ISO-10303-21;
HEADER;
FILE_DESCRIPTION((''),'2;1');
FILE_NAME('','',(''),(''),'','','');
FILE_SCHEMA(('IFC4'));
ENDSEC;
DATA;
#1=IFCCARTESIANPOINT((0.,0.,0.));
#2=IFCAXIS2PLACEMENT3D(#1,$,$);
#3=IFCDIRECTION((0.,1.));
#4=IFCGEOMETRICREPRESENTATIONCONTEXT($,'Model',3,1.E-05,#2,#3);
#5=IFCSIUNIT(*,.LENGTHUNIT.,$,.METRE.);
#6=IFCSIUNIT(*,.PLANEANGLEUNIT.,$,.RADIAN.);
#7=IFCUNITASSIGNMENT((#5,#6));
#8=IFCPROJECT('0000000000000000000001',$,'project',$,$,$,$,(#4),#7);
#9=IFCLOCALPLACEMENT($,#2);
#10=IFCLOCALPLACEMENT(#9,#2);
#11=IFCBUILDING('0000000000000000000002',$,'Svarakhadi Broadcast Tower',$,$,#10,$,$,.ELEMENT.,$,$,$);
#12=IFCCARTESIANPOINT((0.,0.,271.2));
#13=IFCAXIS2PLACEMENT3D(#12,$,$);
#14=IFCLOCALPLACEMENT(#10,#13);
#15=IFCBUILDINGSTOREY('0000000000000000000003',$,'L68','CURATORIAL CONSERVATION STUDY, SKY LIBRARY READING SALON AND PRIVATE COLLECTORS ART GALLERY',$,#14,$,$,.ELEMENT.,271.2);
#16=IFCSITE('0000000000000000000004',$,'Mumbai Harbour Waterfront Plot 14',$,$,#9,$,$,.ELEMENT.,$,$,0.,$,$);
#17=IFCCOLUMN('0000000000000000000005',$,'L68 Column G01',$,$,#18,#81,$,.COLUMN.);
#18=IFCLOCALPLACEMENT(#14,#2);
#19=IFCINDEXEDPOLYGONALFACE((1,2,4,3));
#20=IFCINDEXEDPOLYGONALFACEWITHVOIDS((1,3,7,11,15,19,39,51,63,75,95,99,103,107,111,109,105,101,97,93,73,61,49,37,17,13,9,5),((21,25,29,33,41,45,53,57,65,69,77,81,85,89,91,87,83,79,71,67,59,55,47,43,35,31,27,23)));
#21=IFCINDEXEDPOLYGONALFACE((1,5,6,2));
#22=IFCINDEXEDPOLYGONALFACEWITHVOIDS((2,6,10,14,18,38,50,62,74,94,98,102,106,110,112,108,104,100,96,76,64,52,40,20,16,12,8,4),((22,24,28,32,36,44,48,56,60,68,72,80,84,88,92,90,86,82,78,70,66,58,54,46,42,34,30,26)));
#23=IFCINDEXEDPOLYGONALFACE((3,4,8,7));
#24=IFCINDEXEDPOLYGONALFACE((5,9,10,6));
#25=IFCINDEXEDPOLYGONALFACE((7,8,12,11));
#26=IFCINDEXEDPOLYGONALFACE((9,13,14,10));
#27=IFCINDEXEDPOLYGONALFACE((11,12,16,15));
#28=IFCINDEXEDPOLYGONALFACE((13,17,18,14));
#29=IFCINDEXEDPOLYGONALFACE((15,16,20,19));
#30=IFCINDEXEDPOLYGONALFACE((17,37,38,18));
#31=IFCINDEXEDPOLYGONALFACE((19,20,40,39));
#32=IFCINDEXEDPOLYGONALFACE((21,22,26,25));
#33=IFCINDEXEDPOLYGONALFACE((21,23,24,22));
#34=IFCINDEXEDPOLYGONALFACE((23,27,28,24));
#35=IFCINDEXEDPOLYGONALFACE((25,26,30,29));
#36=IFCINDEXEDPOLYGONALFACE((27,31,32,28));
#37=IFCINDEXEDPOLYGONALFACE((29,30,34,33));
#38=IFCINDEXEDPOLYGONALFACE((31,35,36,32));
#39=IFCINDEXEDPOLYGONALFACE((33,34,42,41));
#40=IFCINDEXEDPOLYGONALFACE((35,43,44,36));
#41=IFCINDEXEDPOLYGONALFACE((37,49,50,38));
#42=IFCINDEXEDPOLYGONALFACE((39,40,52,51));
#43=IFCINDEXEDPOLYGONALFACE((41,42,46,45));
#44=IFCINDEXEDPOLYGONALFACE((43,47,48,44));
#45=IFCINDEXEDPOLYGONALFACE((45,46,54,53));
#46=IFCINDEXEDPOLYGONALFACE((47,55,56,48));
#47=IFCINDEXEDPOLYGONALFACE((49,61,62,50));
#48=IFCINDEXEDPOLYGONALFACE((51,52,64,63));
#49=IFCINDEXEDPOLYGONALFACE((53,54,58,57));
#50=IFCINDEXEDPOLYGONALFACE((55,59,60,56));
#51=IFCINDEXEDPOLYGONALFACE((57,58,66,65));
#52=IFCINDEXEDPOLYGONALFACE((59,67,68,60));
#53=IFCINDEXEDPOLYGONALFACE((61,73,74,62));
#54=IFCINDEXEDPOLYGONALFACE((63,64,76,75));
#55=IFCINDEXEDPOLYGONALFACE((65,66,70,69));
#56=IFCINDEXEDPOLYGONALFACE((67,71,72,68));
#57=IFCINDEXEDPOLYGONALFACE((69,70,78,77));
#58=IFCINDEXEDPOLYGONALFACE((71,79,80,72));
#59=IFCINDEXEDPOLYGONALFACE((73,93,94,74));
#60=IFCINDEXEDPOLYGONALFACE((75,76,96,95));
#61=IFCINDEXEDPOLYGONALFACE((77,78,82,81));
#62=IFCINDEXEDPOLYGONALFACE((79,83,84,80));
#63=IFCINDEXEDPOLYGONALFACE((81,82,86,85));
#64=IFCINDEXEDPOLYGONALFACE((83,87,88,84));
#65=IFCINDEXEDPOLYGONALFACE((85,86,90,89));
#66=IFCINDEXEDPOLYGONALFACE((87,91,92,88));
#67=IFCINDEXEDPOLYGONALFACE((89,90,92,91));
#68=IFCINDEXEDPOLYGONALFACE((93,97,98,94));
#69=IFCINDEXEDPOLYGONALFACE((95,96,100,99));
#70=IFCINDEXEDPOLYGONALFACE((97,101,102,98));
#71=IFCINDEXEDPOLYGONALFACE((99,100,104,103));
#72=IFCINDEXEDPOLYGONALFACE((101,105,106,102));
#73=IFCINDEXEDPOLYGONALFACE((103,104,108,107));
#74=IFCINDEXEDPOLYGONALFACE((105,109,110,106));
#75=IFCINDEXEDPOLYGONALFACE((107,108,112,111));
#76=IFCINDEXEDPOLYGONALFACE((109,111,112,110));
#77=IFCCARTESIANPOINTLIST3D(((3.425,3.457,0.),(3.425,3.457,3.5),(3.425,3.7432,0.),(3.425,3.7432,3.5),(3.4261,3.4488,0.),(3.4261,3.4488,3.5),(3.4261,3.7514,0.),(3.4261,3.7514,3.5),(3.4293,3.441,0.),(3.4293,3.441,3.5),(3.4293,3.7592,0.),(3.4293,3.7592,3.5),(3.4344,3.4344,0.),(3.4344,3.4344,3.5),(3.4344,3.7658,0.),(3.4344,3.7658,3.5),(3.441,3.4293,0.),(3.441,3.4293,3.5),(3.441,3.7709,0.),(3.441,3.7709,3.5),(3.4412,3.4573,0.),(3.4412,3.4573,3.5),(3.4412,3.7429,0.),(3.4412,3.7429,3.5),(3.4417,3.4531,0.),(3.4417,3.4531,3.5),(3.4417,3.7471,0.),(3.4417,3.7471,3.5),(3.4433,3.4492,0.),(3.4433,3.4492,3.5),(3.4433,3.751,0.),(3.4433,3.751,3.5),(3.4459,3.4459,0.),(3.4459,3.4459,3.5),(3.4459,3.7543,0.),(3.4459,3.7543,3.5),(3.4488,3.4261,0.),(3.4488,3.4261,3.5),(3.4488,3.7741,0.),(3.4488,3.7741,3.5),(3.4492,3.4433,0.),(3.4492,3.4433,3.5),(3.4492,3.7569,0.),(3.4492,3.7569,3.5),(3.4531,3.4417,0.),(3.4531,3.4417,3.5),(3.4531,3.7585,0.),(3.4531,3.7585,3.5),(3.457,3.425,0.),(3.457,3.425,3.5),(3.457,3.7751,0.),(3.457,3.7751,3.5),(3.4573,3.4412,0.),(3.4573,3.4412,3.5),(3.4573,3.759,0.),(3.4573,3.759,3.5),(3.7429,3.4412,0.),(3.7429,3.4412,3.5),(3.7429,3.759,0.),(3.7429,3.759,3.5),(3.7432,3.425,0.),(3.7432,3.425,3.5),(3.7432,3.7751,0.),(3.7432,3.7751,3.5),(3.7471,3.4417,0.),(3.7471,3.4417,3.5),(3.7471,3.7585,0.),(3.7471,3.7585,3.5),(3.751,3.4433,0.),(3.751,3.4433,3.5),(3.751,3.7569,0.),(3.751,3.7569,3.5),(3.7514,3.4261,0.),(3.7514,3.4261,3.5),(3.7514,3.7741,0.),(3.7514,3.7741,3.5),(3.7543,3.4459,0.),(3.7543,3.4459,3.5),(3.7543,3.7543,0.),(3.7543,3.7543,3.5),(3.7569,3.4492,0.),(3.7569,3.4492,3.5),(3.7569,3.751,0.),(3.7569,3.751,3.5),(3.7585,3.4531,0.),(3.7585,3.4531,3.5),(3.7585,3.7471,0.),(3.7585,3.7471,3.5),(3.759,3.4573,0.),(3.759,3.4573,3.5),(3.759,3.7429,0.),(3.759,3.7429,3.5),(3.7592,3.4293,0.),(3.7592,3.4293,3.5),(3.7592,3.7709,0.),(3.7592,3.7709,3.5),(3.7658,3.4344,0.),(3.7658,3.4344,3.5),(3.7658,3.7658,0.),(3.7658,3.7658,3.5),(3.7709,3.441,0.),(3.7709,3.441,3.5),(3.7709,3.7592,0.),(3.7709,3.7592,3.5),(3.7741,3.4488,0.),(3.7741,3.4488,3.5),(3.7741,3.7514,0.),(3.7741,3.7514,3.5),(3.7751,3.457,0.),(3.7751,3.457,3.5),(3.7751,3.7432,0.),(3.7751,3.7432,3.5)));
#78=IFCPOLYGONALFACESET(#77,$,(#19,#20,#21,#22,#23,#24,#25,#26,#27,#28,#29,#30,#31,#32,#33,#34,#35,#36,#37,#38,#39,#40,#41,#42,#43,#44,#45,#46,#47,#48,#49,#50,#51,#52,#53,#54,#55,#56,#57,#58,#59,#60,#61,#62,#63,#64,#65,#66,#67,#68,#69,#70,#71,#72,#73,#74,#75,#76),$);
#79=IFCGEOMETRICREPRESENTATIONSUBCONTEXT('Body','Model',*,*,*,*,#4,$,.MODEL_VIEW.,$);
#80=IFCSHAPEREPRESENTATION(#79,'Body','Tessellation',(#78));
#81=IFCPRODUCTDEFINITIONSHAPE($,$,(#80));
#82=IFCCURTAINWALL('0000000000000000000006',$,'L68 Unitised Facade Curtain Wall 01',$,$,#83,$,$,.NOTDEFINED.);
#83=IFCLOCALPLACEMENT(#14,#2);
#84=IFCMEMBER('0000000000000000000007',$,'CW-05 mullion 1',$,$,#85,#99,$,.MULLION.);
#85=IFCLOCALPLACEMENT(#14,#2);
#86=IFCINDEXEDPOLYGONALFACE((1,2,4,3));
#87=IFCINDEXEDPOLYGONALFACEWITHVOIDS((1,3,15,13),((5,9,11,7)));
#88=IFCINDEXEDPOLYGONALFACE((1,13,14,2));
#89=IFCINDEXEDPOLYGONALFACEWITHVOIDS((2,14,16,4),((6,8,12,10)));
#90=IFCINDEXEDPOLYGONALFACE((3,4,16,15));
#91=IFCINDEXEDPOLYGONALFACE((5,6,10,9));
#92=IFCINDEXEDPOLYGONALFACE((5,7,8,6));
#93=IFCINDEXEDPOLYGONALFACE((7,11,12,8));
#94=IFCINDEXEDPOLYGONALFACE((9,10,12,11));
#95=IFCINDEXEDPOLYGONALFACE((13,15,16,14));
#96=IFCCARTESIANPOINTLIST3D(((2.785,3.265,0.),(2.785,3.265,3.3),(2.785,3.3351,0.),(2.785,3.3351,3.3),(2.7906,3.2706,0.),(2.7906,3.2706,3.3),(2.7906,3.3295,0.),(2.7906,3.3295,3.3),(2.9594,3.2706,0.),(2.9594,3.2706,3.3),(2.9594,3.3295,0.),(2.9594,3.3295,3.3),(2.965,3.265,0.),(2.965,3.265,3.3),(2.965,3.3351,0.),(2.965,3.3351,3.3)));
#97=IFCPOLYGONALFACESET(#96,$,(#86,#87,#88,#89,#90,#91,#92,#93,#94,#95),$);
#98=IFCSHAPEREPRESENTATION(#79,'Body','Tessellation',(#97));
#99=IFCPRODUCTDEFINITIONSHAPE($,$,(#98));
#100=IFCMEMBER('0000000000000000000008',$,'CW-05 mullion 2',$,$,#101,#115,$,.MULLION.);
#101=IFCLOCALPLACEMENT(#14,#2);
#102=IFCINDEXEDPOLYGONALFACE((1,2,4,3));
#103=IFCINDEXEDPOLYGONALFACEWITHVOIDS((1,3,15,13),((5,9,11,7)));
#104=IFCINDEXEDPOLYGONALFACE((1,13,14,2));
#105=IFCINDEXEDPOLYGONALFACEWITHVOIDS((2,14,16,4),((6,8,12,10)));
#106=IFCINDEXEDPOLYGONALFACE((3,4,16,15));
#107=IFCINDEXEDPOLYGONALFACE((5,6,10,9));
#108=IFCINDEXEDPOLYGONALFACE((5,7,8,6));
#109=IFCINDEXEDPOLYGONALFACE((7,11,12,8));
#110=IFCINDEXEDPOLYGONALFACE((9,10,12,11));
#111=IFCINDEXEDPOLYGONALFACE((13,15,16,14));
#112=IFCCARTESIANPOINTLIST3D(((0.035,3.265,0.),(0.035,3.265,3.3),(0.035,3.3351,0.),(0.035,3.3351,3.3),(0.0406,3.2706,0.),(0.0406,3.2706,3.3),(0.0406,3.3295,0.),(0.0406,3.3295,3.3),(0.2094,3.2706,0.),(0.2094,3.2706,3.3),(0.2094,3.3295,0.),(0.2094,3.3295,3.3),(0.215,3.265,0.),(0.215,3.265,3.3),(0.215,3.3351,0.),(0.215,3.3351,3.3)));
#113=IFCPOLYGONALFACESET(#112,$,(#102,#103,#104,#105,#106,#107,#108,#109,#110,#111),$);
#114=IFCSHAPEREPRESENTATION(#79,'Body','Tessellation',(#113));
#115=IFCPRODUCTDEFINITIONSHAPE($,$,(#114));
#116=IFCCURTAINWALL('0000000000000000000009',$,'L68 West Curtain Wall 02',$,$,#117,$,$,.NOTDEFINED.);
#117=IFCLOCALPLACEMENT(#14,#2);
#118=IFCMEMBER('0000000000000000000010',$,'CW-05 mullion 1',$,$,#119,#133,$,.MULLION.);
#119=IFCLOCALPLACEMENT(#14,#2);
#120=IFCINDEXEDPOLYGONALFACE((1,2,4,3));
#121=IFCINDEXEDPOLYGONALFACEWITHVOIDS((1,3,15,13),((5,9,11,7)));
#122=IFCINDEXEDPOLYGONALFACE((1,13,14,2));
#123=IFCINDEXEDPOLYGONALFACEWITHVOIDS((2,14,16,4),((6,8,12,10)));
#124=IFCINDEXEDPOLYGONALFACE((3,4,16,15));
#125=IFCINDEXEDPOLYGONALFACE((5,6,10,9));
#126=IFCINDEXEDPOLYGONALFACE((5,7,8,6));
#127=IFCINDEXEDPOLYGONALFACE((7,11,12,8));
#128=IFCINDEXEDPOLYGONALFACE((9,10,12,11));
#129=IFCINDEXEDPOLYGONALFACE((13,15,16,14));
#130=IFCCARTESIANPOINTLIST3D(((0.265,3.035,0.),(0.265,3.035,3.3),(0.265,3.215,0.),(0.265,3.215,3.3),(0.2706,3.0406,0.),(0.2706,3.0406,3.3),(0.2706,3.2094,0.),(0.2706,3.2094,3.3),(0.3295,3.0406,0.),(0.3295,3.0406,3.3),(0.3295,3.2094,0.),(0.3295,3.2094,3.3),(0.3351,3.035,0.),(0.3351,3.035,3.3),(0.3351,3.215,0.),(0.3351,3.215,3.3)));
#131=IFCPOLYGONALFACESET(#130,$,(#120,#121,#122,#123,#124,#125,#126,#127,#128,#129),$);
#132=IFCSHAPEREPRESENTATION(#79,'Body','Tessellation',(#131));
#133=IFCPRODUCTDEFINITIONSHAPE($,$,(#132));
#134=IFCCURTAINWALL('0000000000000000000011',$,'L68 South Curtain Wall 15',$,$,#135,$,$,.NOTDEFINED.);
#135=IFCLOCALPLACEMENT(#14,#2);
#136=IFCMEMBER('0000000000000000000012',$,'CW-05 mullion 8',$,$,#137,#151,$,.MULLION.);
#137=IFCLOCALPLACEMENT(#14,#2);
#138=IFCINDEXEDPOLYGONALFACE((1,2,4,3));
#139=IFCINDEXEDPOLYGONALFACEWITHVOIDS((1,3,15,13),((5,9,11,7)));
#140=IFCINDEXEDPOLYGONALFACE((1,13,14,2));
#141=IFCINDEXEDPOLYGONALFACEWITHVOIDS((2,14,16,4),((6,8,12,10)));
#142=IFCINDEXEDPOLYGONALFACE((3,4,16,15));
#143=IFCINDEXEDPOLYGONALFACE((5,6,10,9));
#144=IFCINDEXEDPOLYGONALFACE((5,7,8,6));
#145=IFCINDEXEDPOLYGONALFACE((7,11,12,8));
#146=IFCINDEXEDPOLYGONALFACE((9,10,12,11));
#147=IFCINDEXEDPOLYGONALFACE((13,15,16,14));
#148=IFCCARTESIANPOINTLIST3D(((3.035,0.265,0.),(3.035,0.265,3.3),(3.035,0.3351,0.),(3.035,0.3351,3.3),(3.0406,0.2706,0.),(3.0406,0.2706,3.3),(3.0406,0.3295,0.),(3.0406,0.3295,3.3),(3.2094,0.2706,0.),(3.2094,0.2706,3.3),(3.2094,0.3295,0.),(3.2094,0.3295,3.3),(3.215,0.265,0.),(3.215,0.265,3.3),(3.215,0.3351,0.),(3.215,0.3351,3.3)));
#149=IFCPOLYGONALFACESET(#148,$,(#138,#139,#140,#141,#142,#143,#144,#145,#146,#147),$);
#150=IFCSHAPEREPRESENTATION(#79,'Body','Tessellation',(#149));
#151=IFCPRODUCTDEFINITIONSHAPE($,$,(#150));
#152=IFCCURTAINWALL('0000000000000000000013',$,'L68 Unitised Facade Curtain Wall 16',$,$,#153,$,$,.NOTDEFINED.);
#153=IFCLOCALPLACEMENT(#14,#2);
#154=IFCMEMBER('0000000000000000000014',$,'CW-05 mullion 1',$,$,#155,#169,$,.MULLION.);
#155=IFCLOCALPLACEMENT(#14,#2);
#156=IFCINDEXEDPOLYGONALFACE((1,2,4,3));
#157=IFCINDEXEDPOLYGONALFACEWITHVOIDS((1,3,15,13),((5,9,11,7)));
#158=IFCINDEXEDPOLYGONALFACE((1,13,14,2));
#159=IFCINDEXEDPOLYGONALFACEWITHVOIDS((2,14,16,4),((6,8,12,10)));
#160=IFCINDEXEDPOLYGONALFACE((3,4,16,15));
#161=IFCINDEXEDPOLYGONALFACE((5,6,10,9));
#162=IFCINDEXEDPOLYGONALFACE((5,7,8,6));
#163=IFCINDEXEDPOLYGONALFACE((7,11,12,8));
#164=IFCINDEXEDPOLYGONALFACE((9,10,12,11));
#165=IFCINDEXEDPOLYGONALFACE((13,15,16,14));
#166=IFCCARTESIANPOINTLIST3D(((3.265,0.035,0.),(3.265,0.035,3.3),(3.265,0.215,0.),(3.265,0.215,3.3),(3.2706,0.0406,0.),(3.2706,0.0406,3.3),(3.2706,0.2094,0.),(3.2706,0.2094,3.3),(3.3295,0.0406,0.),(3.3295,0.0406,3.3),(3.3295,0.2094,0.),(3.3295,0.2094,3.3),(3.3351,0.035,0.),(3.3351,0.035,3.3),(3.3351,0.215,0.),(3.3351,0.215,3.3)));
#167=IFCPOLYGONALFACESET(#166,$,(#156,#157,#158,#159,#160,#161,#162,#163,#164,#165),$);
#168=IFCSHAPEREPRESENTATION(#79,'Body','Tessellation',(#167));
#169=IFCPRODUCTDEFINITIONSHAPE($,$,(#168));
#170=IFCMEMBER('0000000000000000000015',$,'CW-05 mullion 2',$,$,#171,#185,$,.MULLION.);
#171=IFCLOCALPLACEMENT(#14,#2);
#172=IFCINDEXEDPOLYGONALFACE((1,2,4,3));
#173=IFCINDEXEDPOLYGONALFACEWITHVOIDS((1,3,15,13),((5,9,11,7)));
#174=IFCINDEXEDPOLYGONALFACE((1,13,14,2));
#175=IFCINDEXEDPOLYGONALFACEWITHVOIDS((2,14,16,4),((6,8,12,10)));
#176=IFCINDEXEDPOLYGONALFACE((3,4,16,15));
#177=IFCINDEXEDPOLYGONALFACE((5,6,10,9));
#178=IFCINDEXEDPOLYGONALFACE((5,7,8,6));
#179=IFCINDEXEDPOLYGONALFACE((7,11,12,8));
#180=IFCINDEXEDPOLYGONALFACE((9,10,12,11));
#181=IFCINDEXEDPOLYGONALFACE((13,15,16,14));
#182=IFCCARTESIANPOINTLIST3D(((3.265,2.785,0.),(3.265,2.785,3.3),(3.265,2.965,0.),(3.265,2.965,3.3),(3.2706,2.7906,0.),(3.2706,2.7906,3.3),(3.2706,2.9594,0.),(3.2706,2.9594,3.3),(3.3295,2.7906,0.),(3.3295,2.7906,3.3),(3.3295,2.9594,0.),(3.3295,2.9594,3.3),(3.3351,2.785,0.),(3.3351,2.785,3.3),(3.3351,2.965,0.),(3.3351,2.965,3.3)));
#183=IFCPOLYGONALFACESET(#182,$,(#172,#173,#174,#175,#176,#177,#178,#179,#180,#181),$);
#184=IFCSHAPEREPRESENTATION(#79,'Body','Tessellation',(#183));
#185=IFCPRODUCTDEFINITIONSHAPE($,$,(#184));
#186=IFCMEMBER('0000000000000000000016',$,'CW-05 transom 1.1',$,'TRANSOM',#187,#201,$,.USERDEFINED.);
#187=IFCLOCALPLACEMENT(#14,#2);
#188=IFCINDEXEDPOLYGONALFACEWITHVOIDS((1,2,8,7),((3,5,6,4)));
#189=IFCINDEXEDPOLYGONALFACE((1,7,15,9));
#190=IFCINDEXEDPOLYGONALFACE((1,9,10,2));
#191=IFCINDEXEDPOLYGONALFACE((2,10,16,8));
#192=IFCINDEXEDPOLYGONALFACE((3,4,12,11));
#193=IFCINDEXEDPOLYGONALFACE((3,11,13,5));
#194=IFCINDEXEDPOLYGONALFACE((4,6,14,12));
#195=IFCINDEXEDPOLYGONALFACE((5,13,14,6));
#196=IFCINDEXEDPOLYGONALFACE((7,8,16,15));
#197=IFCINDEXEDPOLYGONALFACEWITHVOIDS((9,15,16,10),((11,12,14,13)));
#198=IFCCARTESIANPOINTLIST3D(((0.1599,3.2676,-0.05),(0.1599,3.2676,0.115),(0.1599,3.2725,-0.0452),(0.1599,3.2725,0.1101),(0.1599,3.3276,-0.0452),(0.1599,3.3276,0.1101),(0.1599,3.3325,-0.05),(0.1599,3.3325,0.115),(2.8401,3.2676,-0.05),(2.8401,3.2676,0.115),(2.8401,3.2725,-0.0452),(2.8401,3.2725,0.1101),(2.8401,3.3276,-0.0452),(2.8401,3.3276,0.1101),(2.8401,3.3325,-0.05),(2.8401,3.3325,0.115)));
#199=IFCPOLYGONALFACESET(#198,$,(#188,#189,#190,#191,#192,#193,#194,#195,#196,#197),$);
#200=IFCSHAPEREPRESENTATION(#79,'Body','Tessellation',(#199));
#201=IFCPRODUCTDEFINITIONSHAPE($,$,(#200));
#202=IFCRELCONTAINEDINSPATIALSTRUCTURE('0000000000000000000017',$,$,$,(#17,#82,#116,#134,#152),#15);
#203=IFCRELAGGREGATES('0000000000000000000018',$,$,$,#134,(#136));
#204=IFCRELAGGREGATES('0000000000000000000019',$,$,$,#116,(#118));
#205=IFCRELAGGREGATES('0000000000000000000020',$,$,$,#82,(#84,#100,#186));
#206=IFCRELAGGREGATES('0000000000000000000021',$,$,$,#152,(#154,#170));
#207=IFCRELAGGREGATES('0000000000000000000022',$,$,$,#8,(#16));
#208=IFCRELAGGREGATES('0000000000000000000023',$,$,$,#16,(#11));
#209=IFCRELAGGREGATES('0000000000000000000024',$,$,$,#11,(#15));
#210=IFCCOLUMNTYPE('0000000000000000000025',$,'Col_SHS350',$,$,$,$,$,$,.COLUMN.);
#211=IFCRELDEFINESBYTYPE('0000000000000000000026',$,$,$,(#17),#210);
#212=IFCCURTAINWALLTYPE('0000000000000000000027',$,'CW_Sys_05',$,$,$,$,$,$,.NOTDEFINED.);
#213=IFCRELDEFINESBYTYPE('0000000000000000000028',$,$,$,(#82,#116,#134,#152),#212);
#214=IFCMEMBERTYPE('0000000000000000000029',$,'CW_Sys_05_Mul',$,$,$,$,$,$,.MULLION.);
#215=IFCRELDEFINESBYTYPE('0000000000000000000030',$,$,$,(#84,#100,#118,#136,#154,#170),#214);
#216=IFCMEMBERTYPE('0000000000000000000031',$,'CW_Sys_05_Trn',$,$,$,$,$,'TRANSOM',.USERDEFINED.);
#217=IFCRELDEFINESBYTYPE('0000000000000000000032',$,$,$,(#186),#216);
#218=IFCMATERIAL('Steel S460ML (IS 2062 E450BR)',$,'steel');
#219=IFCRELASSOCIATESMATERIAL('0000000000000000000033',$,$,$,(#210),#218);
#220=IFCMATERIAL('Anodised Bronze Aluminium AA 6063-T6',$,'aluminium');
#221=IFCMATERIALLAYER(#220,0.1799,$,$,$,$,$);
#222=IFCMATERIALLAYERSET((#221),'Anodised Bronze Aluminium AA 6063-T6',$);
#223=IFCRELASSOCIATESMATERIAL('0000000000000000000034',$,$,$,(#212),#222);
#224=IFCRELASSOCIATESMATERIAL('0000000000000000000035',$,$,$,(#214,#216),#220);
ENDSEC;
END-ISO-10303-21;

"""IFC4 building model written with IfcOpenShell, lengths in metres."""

from ifc_helpers import new_model, si_unit, direction, frame, origin, origin_2d, place, context, subcontext, project, spatial, hollow_rectangle, extrude, material, layer, layer_set, material_profile, profile_set, type_object, element, aggregate, save


model = new_model("IFC4")

# Units and contexts
model_context = context("Model", 3, precision=1e-05, world=origin(), true_north=direction((0.0, 1.0)))
body_context = subcontext(model_context, "Body", "Model", "MODEL_VIEW")
ifc_project = project(units=[si_unit("LENGTHUNIT", "METRE"), si_unit("PLANEANGLEUNIT", "RADIAN")], contexts=[model_context])

# Site, building, storey
site_placement = place(None, origin())
site = spatial("IfcSite", under=ifc_project, at=site_placement, Name="Mumbai Harbour Waterfront Plot 14", CompositionType="ELEMENT", RefElevation=0.0)
building_placement = place(site_placement, origin())
building = spatial("IfcBuilding", under=site, at=building_placement, Name="Svarakhadi Broadcast Tower", CompositionType="ELEMENT")
storey_placement = place(building_placement, frame((0.0, 0.0, 271.2)))
storey = spatial("IfcBuildingStorey", under=building, at=storey_placement, Name="L68", Description="CURATORIAL CONSERVATION STUDY, SKY LIBRARY READING SALON AND PRIVATE COLLECTORS ART GALLERY", CompositionType="ELEMENT", Elevation=271.2)

# Column
ifc_material_1 = material(Name="Steel S460ML (IS 2062 E450BR)", Category="steel")
ifc_material_profile_1 = material_profile(ifc_material_1, hollow_rectangle(XDim=0.3501, YDim=0.3501, WallThickness=0.0161, InnerFilletRadius=0.0161, OuterFilletRadius=0.032, at=origin_2d()), Name="SHS 350x350x16")
ifc_profile_set_1 = profile_set([ifc_material_profile_1], Name="Steel S460ML (IS 2062 E450BR)")
column_type = type_object("IfcColumnType", Name="Col_SHS350", PredefinedType="COLUMN", material=ifc_profile_set_1)
column_placement = place(storey_placement, frame((3.6001, 3.6001, 0.0), z_axis=(0.0, 0.0, 1.0), x_axis=(1.0, 0.0, 0.0)))
element("IfcColumn", 1, at=column_placement, inside=storey, type_object=column_type, Name="L68 Column G01", PredefinedType="COLUMN", context=body_context, shape_type="SweptSolid", body=[
    extrude(hollow_rectangle(XDim=0.3501, YDim=0.3501, WallThickness=0.0161, InnerFilletRadius=0.0161, OuterFilletRadius=0.032, at=origin_2d()), origin(), (0.0, 0.0, 1.0), 3.5),
])

# Curtain wall, members
ifc_material_2 = material(Name="Anodised Bronze Aluminium AA 6063-T6", Category="aluminium")
ifc_layer_1 = layer(ifc_material_2, 0.1799)
ifc_layer_set_1 = layer_set([ifc_layer_1], Name="Anodised Bronze Aluminium AA 6063-T6")
curtain_wall_type = type_object("IfcCurtainWallType", Name="CW_Sys_05", PredefinedType="NOTDEFINED", material=ifc_layer_set_1)
curtain_wall_1_placement = place(storey_placement, origin())
curtain_wall_1 = element("IfcCurtainWall", 2, at=curtain_wall_1_placement, inside=storey, type_object=curtain_wall_type, Name="L68 Unitised Facade Curtain Wall 01", PredefinedType="NOTDEFINED")
ifc_material_profile_2 = material_profile(ifc_material_2, hollow_rectangle(XDim=0.0701, YDim=0.1799, WallThickness=0.0056, at=origin_2d()), Name="ALU MULLION 180x70x6")
ifc_profile_set_2 = profile_set([ifc_material_profile_2], Name="Anodised Bronze Aluminium AA 6063-T6")
member_type_1 = type_object("IfcMemberType", Name="CW_Sys_05_Mul", PredefinedType="MULLION", material=ifc_profile_set_2)
member_1_placement = place(storey_placement, frame((2.875, 3.3, 0.0), z_axis=(0.0, 0.0, 1.0), x_axis=(0.0, -1.0, 0.0)))
member_1 = element("IfcMember", 3, at=member_1_placement, type_object=member_type_1, Name="CW-05 mullion 1", PredefinedType="MULLION", context=body_context, shape_type="SweptSolid", body=[
    extrude(hollow_rectangle(XDim=0.0701, YDim=0.1799, WallThickness=0.0056, at=origin_2d()), origin(), (0.0, 0.0, 1.0), 3.3),
])
member_2_placement = place(storey_placement, frame((0.125, 3.3, 0.0), z_axis=(0.0, 0.0, 1.0), x_axis=(0.0, -1.0, 0.0)))
member_2 = element("IfcMember", 4, at=member_2_placement, type_object=member_type_1, Name="CW-05 mullion 2", PredefinedType="MULLION", context=body_context, shape_type="SweptSolid", body=[
    extrude(hollow_rectangle(XDim=0.0701, YDim=0.1799, WallThickness=0.0056, at=origin_2d()), origin(), (0.0, 0.0, 1.0), 3.3),
])

# Curtain walls, members
curtain_wall_2_placement = place(storey_placement, origin())
curtain_wall_2 = element("IfcCurtainWall", 5, at=curtain_wall_2_placement, inside=storey, type_object=curtain_wall_type, Name="L68 West Curtain Wall 02", PredefinedType="NOTDEFINED")
member_3_placement = place(storey_placement, frame((0.3, 3.125, 0.0), z_axis=(0.0, 0.0, 1.0), x_axis=(-1.0, 0.0, 0.0)))
member_3 = element("IfcMember", 6, at=member_3_placement, type_object=member_type_1, Name="CW-05 mullion 1", PredefinedType="MULLION", context=body_context, shape_type="SweptSolid", body=[
    extrude(hollow_rectangle(XDim=0.0701, YDim=0.1799, WallThickness=0.0056, at=origin_2d()), origin(), (0.0, 0.0, 1.0), 3.3),
])
curtain_wall_3_placement = place(storey_placement, origin())
curtain_wall_3 = element("IfcCurtainWall", 7, at=curtain_wall_3_placement, inside=storey, type_object=curtain_wall_type, Name="L68 South Curtain Wall 15", PredefinedType="NOTDEFINED")
member_4_placement = place(storey_placement, frame((3.125, 0.3, 0.0), z_axis=(0.0, 0.0, 1.0), x_axis=(0.0, -1.0, 0.0)))
member_4 = element("IfcMember", 8, at=member_4_placement, type_object=member_type_1, Name="CW-05 mullion 8", PredefinedType="MULLION", context=body_context, shape_type="SweptSolid", body=[
    extrude(hollow_rectangle(XDim=0.0701, YDim=0.1799, WallThickness=0.0056, at=origin_2d()), origin(), (0.0, 0.0, 1.0), 3.3),
])
aggregate(curtain_wall_3, [member_4])

# Curtain wall, members
curtain_wall_4_placement = place(storey_placement, origin())
curtain_wall_4 = element("IfcCurtainWall", 9, at=curtain_wall_4_placement, inside=storey, type_object=curtain_wall_type, Name="L68 Unitised Facade Curtain Wall 16", PredefinedType="NOTDEFINED")
member_5_placement = place(storey_placement, frame((3.3, 0.125, 0.0), z_axis=(0.0, 0.0, 1.0), x_axis=(-1.0, 0.0, 0.0)))
member_5 = element("IfcMember", 10, at=member_5_placement, type_object=member_type_1, Name="CW-05 mullion 1", PredefinedType="MULLION", context=body_context, shape_type="SweptSolid", body=[
    extrude(hollow_rectangle(XDim=0.0701, YDim=0.1799, WallThickness=0.0056, at=origin_2d()), origin(), (0.0, 0.0, 1.0), 3.3),
])
member_6_placement = place(storey_placement, frame((3.3, 2.875, 0.0), z_axis=(0.0, 0.0, 1.0), x_axis=(-1.0, 0.0, 0.0)))
member_6 = element("IfcMember", 11, at=member_6_placement, type_object=member_type_1, Name="CW-05 mullion 2", PredefinedType="MULLION", context=body_context, shape_type="SweptSolid", body=[
    extrude(hollow_rectangle(XDim=0.0701, YDim=0.1799, WallThickness=0.0056, at=origin_2d()), origin(), (0.0, 0.0, 1.0), 3.3),
])

# Member
ifc_material_profile_3 = material_profile(ifc_material_2, hollow_rectangle(XDim=0.0649, YDim=0.165, WallThickness=0.0049, at=origin_2d()), Name="ALU TRANSOM 165x65x5")
ifc_profile_set_3 = profile_set([ifc_material_profile_3], Name="Anodised Bronze Aluminium AA 6063-T6")
member_type_2 = type_object("IfcMemberType", Name="CW_Sys_05_Trn", ElementType="TRANSOM", PredefinedType="USERDEFINED", material=ifc_profile_set_3)
member_7_placement = place(storey_placement, frame((2.8401, 3.3, 0.0325), z_axis=(-1.0, 0.0, 0.0), x_axis=(0.0, -1.0, 0.0)))
member_7 = element("IfcMember", 12, at=member_7_placement, type_object=member_type_2, Name="CW-05 transom 1.1", ObjectType="TRANSOM", PredefinedType="USERDEFINED", context=body_context, shape_type="SweptSolid", body=[
    extrude(hollow_rectangle(XDim=0.0649, YDim=0.165, WallThickness=0.0049, at=origin_2d()), origin(), (0.0, 0.0, 1.0), 2.6802),
])
aggregate(curtain_wall_2, [member_3])

aggregate(curtain_wall_1, [member_1, member_2, member_7])
aggregate(curtain_wall_4, [member_5, member_6])

save(model, "model.ifc")
